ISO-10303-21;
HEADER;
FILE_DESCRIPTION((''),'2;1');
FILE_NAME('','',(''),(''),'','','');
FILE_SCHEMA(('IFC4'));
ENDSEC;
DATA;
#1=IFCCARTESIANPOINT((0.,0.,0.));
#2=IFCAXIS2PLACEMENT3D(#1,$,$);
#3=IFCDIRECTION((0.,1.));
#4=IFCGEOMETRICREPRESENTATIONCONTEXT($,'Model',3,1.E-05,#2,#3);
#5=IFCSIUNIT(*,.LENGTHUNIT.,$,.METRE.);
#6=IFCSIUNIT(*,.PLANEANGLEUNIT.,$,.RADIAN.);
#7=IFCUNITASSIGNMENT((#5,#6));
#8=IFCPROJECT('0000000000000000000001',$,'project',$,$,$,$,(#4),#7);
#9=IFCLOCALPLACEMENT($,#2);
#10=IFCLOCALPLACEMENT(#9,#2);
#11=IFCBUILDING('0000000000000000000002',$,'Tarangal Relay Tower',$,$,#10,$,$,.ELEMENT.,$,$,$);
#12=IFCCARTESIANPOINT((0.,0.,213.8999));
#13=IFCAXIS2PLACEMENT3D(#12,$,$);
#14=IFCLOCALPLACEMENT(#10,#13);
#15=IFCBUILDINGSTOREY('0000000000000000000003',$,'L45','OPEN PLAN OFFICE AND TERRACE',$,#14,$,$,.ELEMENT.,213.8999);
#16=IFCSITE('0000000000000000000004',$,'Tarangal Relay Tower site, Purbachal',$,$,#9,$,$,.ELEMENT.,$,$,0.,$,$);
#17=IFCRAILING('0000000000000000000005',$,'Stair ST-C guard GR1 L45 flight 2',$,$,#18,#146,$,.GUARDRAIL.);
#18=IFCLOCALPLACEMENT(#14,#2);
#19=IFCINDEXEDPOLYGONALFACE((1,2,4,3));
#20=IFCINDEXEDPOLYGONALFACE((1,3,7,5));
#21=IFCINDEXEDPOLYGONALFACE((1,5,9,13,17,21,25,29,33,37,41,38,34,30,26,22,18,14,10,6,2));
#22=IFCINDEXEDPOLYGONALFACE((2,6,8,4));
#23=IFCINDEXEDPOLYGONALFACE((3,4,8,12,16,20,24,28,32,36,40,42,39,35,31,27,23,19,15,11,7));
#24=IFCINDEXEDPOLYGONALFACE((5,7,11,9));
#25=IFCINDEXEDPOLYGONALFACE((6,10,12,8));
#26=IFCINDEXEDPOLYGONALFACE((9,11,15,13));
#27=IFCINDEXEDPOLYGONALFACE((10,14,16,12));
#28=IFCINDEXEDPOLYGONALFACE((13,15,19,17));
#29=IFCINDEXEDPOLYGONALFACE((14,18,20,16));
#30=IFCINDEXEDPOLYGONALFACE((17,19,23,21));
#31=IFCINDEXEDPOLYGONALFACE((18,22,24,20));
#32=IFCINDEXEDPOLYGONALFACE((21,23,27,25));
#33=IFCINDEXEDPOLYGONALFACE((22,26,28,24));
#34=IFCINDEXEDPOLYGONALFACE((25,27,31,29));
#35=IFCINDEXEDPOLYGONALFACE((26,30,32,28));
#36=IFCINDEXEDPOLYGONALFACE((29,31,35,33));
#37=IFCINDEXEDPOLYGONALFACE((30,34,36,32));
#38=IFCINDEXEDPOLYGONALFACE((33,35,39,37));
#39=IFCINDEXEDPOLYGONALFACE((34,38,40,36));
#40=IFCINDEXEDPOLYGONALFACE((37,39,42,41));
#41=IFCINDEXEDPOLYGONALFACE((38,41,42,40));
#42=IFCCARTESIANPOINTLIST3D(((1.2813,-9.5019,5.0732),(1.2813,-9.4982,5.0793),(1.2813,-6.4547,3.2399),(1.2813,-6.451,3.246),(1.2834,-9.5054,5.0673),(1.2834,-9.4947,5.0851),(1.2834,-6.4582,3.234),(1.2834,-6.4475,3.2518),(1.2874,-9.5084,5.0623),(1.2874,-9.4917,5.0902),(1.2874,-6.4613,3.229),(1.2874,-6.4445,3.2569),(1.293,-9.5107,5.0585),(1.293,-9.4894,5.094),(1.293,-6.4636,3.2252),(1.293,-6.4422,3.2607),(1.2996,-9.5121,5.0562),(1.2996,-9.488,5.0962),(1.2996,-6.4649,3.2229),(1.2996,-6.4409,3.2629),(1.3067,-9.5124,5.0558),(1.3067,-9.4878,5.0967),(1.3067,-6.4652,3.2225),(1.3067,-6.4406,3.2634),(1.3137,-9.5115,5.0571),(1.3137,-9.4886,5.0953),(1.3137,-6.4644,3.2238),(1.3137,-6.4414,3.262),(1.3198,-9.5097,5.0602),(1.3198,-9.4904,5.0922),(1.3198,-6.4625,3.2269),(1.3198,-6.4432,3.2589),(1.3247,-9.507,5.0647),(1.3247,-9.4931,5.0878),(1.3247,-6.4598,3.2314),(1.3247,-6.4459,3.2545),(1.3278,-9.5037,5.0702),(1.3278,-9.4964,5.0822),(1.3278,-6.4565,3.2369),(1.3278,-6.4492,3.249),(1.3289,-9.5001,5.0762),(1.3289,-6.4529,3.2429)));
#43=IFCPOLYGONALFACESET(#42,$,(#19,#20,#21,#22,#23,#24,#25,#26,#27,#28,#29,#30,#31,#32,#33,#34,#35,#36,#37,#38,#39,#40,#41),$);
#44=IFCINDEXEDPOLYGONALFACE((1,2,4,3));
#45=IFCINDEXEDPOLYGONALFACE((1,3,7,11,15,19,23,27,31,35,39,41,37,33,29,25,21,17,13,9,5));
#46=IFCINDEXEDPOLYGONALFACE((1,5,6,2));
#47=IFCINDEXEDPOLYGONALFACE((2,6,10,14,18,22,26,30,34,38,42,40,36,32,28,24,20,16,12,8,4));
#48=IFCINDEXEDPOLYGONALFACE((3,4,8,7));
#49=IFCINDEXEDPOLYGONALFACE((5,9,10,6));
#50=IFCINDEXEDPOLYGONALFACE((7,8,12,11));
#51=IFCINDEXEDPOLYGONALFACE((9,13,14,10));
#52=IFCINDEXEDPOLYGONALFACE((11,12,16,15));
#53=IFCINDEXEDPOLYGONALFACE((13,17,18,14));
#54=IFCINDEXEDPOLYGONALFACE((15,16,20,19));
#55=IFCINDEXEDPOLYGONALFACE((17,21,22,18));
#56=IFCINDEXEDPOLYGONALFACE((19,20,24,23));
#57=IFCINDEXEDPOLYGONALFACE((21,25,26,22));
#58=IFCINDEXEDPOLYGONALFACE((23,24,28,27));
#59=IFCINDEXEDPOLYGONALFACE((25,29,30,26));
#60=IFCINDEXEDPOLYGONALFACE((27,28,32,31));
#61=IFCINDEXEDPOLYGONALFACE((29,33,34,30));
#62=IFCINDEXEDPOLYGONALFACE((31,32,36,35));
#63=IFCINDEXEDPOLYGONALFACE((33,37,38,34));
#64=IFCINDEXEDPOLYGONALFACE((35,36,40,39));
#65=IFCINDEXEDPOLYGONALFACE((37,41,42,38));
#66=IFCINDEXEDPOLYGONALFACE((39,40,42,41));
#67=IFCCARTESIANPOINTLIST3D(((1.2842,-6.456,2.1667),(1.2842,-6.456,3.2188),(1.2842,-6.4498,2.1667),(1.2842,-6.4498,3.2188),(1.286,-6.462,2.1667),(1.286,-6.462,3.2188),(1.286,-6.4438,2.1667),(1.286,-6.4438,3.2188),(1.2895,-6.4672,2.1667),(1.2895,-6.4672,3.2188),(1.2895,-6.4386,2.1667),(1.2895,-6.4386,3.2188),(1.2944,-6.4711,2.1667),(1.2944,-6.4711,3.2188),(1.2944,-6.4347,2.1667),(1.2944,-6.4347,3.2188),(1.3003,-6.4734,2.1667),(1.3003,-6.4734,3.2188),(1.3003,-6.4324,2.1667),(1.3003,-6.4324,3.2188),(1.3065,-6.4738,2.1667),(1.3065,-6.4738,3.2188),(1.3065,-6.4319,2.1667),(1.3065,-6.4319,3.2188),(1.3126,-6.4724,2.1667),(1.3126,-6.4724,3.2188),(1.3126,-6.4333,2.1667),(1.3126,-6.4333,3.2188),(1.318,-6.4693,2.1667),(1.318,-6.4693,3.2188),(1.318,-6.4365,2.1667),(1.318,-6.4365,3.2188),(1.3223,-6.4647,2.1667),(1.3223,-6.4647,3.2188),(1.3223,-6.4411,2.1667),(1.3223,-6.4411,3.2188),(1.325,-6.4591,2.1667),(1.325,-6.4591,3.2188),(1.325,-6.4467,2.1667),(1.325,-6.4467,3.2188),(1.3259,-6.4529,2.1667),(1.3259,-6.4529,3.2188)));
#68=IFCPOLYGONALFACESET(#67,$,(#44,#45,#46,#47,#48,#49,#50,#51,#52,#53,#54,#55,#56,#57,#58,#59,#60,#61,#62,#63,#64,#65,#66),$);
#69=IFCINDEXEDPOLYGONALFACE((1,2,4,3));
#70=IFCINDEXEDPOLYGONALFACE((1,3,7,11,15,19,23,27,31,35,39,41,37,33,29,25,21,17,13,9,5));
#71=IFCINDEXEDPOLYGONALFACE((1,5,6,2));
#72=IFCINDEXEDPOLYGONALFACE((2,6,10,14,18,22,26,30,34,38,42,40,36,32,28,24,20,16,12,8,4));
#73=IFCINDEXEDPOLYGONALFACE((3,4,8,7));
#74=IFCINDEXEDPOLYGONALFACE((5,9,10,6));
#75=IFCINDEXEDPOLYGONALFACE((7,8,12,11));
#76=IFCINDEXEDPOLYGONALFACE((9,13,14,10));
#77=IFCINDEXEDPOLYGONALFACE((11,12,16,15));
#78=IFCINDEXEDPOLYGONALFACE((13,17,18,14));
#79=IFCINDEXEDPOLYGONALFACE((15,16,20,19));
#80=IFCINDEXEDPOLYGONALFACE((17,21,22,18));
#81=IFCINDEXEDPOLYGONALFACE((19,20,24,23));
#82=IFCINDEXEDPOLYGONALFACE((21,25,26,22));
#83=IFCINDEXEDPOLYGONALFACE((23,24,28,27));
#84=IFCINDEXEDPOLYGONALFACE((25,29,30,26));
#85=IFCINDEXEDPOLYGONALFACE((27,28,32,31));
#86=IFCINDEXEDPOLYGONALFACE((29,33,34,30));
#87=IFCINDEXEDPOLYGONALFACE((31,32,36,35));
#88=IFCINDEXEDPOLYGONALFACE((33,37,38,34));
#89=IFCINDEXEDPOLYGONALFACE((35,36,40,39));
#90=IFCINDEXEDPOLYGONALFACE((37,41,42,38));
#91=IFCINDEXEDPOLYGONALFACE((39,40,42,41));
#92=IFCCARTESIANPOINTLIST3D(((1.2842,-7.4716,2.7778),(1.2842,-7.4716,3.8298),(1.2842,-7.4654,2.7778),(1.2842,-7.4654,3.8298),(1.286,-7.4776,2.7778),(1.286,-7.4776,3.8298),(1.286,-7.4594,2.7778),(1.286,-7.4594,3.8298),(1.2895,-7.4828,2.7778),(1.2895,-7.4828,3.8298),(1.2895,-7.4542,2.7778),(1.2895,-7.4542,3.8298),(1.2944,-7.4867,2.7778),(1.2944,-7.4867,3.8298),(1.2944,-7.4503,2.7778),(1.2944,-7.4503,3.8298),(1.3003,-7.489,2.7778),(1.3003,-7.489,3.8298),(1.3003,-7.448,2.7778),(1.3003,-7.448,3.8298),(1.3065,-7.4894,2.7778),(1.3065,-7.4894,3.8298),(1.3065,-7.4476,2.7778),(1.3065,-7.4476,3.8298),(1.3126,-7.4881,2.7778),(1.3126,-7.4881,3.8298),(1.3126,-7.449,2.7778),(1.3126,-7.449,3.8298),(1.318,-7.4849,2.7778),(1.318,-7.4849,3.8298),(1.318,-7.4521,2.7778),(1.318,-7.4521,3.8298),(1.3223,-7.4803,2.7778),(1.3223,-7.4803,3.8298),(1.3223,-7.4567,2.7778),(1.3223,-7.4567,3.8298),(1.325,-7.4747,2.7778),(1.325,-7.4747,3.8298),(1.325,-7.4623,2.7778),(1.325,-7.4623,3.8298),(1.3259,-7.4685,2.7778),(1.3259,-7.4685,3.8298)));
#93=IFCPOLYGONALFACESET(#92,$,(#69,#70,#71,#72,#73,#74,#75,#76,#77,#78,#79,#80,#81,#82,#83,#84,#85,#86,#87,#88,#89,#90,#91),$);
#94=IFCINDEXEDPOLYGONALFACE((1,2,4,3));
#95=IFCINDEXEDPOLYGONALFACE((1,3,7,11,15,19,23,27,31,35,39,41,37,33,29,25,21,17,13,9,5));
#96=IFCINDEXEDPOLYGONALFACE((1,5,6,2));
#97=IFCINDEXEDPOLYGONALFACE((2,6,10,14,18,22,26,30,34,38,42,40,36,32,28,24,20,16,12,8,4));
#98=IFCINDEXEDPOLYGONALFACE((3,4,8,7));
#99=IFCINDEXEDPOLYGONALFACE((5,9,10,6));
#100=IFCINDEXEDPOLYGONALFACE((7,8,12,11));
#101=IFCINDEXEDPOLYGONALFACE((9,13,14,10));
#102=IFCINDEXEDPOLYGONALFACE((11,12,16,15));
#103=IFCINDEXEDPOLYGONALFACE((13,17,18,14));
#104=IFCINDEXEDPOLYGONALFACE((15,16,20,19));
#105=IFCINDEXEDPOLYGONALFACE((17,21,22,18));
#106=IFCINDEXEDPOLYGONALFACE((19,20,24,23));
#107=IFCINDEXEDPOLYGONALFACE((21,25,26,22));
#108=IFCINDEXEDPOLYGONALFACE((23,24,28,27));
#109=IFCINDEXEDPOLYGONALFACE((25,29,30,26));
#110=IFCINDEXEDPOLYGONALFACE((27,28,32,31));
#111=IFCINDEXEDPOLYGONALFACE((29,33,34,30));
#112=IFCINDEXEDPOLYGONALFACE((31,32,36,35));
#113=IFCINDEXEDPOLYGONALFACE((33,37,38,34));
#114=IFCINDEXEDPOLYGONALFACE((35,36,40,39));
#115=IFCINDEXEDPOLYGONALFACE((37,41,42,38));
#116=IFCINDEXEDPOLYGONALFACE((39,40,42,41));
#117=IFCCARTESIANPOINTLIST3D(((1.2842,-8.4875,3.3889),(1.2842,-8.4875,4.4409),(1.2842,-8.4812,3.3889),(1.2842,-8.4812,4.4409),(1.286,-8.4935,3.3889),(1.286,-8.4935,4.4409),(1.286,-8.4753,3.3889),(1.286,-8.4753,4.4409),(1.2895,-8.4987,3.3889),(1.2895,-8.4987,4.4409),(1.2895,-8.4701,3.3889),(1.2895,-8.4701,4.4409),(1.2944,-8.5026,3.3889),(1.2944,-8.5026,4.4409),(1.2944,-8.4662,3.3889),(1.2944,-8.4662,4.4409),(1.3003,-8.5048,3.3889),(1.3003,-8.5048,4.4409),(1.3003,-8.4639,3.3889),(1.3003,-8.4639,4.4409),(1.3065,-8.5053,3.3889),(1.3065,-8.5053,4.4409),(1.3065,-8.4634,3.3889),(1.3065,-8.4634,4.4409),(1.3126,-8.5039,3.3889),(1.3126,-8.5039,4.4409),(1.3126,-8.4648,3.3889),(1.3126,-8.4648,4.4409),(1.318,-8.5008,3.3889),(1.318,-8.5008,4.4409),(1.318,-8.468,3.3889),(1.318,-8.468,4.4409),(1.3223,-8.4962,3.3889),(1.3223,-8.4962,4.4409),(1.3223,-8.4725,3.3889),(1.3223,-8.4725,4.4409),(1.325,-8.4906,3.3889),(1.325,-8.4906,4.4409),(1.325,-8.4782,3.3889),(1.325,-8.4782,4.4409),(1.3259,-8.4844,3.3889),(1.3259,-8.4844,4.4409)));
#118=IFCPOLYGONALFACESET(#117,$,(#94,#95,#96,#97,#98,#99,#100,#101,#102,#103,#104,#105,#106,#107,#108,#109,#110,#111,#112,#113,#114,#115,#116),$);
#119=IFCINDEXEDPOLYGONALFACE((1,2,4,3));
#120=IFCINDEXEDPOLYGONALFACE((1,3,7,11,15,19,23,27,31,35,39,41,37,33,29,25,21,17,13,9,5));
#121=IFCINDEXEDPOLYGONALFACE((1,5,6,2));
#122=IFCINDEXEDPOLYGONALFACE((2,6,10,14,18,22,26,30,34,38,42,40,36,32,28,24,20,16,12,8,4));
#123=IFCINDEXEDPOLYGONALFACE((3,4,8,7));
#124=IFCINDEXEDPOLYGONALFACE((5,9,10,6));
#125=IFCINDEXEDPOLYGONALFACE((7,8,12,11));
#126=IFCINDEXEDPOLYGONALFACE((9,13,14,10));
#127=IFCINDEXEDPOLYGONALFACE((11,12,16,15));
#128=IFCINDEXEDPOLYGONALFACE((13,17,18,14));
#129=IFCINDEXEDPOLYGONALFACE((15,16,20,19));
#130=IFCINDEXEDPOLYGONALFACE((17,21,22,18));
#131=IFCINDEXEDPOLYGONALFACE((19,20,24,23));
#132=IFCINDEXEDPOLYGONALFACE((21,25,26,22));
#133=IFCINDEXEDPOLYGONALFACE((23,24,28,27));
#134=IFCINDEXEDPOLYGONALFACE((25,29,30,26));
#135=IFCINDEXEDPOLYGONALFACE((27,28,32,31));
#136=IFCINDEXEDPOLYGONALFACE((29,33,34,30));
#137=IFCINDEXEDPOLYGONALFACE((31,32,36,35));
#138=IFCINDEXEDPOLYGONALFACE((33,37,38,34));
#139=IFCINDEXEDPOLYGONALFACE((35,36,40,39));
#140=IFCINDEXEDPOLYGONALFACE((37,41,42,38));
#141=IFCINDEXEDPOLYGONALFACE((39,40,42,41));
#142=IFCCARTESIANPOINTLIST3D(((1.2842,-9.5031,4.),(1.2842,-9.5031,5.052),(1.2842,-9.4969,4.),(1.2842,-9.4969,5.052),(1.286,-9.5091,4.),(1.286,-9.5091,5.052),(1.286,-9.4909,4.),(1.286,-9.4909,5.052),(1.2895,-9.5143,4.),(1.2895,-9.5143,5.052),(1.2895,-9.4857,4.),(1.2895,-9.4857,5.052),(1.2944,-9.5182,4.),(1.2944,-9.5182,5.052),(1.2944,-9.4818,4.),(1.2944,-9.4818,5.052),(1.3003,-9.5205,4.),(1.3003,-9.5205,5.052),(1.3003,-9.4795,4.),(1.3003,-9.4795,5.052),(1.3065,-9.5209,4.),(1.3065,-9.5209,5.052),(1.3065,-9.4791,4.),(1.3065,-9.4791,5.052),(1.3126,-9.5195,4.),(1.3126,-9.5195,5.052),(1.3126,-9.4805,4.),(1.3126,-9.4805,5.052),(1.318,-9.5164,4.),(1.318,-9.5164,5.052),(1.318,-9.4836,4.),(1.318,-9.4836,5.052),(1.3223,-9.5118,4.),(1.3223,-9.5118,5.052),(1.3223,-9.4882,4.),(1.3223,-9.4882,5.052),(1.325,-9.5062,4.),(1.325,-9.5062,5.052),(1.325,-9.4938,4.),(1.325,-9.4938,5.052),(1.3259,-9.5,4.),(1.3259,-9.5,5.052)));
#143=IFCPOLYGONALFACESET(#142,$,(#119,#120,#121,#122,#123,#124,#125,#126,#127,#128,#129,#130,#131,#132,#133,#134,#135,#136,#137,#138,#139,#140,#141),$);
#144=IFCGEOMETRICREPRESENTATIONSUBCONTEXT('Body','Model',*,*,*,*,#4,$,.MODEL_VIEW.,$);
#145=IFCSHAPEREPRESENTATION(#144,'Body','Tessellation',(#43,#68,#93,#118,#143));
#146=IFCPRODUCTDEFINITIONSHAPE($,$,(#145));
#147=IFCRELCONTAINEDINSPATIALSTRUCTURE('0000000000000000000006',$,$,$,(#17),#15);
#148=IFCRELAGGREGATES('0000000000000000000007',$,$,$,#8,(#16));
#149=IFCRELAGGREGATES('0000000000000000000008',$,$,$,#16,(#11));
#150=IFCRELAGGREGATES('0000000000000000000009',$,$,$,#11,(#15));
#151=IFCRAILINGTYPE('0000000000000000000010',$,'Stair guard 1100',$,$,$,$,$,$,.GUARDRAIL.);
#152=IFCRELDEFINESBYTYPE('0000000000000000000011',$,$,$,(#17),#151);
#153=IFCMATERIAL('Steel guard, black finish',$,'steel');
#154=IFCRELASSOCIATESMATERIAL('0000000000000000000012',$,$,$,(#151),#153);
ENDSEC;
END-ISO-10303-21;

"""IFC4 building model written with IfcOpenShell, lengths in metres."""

from ifc_helpers import new_model, si_unit, direction, frame, origin, origin_2d, place, context, subcontext, project, spatial, circle, extrude, material, type_object, element, save


model = new_model("IFC4")

# Units and contexts
model_context = context("Model", 3, precision=1e-05, world=origin(), true_north=direction((0.0, 1.0)))
body_context = subcontext(model_context, "Body", "Model", "MODEL_VIEW")
ifc_project = project(units=[si_unit("LENGTHUNIT", "METRE"), si_unit("PLANEANGLEUNIT", "RADIAN")], contexts=[model_context])

# Site, building, storey
site_placement = place(None, origin())
site = spatial("IfcSite", under=ifc_project, at=site_placement, Name="Tarangal Relay Tower site, Purbachal", CompositionType="ELEMENT", RefElevation=0.0)
building_placement = place(site_placement, origin())
building = spatial("IfcBuilding", under=site, at=building_placement, Name="Tarangal Relay Tower", CompositionType="ELEMENT")
storey_placement = place(building_placement, frame((0.0, 0.0, 213.8999)))
storey = spatial("IfcBuildingStorey", under=building, at=storey_placement, Name="L45", Description="OPEN PLAN OFFICE AND TERRACE", CompositionType="ELEMENT", Elevation=213.8999)

# Railing
ifc_material_1 = material(Name="Steel guard, black finish", Category="steel")
railing_type_1 = type_object("IfcRailingType", Name="Stair guard 1100", PredefinedType="GUARDRAIL", material=ifc_material_1)
railing_1_placement = place(storey_placement, frame((1.3049, -6.4529, 2.1667)))
element("IfcRailing", 1, at=railing_1_placement, inside=storey, type_object=railing_type_1, Name="Stair ST-C guard GR1 L45 flight 2", PredefinedType="GUARDRAIL", context=body_context, shape_type="SweptSolid", body=[
    extrude(circle(Radius=0.0239, at=origin_2d()), frame((0.0, 0.0, 1.0762), z_axis=(0.0, -0.856874, 0.515525), x_axis=(1.0, 0.0, 0.0)), (0.0, 0.0, 1.0), 3.5562),
    extrude(circle(Radius=0.021, at=origin_2d()), origin(), (0.0, 0.0, 1.0), 1.052),
    extrude(circle(Radius=0.021, at=origin_2d()), frame((0.0, -1.0156, 0.6111)), (0.0, 0.0, 1.0), 1.052),
    extrude(circle(Radius=0.021, at=origin_2d()), frame((0.0, -2.0315, 1.2222)), (0.0, 0.0, 1.0), 1.052),
    extrude(circle(Radius=0.021, at=origin_2d()), frame((0.0, -3.0471, 1.8333)), (0.0, 0.0, 1.0), 1.052),
])

save(model, "model.ifc")
